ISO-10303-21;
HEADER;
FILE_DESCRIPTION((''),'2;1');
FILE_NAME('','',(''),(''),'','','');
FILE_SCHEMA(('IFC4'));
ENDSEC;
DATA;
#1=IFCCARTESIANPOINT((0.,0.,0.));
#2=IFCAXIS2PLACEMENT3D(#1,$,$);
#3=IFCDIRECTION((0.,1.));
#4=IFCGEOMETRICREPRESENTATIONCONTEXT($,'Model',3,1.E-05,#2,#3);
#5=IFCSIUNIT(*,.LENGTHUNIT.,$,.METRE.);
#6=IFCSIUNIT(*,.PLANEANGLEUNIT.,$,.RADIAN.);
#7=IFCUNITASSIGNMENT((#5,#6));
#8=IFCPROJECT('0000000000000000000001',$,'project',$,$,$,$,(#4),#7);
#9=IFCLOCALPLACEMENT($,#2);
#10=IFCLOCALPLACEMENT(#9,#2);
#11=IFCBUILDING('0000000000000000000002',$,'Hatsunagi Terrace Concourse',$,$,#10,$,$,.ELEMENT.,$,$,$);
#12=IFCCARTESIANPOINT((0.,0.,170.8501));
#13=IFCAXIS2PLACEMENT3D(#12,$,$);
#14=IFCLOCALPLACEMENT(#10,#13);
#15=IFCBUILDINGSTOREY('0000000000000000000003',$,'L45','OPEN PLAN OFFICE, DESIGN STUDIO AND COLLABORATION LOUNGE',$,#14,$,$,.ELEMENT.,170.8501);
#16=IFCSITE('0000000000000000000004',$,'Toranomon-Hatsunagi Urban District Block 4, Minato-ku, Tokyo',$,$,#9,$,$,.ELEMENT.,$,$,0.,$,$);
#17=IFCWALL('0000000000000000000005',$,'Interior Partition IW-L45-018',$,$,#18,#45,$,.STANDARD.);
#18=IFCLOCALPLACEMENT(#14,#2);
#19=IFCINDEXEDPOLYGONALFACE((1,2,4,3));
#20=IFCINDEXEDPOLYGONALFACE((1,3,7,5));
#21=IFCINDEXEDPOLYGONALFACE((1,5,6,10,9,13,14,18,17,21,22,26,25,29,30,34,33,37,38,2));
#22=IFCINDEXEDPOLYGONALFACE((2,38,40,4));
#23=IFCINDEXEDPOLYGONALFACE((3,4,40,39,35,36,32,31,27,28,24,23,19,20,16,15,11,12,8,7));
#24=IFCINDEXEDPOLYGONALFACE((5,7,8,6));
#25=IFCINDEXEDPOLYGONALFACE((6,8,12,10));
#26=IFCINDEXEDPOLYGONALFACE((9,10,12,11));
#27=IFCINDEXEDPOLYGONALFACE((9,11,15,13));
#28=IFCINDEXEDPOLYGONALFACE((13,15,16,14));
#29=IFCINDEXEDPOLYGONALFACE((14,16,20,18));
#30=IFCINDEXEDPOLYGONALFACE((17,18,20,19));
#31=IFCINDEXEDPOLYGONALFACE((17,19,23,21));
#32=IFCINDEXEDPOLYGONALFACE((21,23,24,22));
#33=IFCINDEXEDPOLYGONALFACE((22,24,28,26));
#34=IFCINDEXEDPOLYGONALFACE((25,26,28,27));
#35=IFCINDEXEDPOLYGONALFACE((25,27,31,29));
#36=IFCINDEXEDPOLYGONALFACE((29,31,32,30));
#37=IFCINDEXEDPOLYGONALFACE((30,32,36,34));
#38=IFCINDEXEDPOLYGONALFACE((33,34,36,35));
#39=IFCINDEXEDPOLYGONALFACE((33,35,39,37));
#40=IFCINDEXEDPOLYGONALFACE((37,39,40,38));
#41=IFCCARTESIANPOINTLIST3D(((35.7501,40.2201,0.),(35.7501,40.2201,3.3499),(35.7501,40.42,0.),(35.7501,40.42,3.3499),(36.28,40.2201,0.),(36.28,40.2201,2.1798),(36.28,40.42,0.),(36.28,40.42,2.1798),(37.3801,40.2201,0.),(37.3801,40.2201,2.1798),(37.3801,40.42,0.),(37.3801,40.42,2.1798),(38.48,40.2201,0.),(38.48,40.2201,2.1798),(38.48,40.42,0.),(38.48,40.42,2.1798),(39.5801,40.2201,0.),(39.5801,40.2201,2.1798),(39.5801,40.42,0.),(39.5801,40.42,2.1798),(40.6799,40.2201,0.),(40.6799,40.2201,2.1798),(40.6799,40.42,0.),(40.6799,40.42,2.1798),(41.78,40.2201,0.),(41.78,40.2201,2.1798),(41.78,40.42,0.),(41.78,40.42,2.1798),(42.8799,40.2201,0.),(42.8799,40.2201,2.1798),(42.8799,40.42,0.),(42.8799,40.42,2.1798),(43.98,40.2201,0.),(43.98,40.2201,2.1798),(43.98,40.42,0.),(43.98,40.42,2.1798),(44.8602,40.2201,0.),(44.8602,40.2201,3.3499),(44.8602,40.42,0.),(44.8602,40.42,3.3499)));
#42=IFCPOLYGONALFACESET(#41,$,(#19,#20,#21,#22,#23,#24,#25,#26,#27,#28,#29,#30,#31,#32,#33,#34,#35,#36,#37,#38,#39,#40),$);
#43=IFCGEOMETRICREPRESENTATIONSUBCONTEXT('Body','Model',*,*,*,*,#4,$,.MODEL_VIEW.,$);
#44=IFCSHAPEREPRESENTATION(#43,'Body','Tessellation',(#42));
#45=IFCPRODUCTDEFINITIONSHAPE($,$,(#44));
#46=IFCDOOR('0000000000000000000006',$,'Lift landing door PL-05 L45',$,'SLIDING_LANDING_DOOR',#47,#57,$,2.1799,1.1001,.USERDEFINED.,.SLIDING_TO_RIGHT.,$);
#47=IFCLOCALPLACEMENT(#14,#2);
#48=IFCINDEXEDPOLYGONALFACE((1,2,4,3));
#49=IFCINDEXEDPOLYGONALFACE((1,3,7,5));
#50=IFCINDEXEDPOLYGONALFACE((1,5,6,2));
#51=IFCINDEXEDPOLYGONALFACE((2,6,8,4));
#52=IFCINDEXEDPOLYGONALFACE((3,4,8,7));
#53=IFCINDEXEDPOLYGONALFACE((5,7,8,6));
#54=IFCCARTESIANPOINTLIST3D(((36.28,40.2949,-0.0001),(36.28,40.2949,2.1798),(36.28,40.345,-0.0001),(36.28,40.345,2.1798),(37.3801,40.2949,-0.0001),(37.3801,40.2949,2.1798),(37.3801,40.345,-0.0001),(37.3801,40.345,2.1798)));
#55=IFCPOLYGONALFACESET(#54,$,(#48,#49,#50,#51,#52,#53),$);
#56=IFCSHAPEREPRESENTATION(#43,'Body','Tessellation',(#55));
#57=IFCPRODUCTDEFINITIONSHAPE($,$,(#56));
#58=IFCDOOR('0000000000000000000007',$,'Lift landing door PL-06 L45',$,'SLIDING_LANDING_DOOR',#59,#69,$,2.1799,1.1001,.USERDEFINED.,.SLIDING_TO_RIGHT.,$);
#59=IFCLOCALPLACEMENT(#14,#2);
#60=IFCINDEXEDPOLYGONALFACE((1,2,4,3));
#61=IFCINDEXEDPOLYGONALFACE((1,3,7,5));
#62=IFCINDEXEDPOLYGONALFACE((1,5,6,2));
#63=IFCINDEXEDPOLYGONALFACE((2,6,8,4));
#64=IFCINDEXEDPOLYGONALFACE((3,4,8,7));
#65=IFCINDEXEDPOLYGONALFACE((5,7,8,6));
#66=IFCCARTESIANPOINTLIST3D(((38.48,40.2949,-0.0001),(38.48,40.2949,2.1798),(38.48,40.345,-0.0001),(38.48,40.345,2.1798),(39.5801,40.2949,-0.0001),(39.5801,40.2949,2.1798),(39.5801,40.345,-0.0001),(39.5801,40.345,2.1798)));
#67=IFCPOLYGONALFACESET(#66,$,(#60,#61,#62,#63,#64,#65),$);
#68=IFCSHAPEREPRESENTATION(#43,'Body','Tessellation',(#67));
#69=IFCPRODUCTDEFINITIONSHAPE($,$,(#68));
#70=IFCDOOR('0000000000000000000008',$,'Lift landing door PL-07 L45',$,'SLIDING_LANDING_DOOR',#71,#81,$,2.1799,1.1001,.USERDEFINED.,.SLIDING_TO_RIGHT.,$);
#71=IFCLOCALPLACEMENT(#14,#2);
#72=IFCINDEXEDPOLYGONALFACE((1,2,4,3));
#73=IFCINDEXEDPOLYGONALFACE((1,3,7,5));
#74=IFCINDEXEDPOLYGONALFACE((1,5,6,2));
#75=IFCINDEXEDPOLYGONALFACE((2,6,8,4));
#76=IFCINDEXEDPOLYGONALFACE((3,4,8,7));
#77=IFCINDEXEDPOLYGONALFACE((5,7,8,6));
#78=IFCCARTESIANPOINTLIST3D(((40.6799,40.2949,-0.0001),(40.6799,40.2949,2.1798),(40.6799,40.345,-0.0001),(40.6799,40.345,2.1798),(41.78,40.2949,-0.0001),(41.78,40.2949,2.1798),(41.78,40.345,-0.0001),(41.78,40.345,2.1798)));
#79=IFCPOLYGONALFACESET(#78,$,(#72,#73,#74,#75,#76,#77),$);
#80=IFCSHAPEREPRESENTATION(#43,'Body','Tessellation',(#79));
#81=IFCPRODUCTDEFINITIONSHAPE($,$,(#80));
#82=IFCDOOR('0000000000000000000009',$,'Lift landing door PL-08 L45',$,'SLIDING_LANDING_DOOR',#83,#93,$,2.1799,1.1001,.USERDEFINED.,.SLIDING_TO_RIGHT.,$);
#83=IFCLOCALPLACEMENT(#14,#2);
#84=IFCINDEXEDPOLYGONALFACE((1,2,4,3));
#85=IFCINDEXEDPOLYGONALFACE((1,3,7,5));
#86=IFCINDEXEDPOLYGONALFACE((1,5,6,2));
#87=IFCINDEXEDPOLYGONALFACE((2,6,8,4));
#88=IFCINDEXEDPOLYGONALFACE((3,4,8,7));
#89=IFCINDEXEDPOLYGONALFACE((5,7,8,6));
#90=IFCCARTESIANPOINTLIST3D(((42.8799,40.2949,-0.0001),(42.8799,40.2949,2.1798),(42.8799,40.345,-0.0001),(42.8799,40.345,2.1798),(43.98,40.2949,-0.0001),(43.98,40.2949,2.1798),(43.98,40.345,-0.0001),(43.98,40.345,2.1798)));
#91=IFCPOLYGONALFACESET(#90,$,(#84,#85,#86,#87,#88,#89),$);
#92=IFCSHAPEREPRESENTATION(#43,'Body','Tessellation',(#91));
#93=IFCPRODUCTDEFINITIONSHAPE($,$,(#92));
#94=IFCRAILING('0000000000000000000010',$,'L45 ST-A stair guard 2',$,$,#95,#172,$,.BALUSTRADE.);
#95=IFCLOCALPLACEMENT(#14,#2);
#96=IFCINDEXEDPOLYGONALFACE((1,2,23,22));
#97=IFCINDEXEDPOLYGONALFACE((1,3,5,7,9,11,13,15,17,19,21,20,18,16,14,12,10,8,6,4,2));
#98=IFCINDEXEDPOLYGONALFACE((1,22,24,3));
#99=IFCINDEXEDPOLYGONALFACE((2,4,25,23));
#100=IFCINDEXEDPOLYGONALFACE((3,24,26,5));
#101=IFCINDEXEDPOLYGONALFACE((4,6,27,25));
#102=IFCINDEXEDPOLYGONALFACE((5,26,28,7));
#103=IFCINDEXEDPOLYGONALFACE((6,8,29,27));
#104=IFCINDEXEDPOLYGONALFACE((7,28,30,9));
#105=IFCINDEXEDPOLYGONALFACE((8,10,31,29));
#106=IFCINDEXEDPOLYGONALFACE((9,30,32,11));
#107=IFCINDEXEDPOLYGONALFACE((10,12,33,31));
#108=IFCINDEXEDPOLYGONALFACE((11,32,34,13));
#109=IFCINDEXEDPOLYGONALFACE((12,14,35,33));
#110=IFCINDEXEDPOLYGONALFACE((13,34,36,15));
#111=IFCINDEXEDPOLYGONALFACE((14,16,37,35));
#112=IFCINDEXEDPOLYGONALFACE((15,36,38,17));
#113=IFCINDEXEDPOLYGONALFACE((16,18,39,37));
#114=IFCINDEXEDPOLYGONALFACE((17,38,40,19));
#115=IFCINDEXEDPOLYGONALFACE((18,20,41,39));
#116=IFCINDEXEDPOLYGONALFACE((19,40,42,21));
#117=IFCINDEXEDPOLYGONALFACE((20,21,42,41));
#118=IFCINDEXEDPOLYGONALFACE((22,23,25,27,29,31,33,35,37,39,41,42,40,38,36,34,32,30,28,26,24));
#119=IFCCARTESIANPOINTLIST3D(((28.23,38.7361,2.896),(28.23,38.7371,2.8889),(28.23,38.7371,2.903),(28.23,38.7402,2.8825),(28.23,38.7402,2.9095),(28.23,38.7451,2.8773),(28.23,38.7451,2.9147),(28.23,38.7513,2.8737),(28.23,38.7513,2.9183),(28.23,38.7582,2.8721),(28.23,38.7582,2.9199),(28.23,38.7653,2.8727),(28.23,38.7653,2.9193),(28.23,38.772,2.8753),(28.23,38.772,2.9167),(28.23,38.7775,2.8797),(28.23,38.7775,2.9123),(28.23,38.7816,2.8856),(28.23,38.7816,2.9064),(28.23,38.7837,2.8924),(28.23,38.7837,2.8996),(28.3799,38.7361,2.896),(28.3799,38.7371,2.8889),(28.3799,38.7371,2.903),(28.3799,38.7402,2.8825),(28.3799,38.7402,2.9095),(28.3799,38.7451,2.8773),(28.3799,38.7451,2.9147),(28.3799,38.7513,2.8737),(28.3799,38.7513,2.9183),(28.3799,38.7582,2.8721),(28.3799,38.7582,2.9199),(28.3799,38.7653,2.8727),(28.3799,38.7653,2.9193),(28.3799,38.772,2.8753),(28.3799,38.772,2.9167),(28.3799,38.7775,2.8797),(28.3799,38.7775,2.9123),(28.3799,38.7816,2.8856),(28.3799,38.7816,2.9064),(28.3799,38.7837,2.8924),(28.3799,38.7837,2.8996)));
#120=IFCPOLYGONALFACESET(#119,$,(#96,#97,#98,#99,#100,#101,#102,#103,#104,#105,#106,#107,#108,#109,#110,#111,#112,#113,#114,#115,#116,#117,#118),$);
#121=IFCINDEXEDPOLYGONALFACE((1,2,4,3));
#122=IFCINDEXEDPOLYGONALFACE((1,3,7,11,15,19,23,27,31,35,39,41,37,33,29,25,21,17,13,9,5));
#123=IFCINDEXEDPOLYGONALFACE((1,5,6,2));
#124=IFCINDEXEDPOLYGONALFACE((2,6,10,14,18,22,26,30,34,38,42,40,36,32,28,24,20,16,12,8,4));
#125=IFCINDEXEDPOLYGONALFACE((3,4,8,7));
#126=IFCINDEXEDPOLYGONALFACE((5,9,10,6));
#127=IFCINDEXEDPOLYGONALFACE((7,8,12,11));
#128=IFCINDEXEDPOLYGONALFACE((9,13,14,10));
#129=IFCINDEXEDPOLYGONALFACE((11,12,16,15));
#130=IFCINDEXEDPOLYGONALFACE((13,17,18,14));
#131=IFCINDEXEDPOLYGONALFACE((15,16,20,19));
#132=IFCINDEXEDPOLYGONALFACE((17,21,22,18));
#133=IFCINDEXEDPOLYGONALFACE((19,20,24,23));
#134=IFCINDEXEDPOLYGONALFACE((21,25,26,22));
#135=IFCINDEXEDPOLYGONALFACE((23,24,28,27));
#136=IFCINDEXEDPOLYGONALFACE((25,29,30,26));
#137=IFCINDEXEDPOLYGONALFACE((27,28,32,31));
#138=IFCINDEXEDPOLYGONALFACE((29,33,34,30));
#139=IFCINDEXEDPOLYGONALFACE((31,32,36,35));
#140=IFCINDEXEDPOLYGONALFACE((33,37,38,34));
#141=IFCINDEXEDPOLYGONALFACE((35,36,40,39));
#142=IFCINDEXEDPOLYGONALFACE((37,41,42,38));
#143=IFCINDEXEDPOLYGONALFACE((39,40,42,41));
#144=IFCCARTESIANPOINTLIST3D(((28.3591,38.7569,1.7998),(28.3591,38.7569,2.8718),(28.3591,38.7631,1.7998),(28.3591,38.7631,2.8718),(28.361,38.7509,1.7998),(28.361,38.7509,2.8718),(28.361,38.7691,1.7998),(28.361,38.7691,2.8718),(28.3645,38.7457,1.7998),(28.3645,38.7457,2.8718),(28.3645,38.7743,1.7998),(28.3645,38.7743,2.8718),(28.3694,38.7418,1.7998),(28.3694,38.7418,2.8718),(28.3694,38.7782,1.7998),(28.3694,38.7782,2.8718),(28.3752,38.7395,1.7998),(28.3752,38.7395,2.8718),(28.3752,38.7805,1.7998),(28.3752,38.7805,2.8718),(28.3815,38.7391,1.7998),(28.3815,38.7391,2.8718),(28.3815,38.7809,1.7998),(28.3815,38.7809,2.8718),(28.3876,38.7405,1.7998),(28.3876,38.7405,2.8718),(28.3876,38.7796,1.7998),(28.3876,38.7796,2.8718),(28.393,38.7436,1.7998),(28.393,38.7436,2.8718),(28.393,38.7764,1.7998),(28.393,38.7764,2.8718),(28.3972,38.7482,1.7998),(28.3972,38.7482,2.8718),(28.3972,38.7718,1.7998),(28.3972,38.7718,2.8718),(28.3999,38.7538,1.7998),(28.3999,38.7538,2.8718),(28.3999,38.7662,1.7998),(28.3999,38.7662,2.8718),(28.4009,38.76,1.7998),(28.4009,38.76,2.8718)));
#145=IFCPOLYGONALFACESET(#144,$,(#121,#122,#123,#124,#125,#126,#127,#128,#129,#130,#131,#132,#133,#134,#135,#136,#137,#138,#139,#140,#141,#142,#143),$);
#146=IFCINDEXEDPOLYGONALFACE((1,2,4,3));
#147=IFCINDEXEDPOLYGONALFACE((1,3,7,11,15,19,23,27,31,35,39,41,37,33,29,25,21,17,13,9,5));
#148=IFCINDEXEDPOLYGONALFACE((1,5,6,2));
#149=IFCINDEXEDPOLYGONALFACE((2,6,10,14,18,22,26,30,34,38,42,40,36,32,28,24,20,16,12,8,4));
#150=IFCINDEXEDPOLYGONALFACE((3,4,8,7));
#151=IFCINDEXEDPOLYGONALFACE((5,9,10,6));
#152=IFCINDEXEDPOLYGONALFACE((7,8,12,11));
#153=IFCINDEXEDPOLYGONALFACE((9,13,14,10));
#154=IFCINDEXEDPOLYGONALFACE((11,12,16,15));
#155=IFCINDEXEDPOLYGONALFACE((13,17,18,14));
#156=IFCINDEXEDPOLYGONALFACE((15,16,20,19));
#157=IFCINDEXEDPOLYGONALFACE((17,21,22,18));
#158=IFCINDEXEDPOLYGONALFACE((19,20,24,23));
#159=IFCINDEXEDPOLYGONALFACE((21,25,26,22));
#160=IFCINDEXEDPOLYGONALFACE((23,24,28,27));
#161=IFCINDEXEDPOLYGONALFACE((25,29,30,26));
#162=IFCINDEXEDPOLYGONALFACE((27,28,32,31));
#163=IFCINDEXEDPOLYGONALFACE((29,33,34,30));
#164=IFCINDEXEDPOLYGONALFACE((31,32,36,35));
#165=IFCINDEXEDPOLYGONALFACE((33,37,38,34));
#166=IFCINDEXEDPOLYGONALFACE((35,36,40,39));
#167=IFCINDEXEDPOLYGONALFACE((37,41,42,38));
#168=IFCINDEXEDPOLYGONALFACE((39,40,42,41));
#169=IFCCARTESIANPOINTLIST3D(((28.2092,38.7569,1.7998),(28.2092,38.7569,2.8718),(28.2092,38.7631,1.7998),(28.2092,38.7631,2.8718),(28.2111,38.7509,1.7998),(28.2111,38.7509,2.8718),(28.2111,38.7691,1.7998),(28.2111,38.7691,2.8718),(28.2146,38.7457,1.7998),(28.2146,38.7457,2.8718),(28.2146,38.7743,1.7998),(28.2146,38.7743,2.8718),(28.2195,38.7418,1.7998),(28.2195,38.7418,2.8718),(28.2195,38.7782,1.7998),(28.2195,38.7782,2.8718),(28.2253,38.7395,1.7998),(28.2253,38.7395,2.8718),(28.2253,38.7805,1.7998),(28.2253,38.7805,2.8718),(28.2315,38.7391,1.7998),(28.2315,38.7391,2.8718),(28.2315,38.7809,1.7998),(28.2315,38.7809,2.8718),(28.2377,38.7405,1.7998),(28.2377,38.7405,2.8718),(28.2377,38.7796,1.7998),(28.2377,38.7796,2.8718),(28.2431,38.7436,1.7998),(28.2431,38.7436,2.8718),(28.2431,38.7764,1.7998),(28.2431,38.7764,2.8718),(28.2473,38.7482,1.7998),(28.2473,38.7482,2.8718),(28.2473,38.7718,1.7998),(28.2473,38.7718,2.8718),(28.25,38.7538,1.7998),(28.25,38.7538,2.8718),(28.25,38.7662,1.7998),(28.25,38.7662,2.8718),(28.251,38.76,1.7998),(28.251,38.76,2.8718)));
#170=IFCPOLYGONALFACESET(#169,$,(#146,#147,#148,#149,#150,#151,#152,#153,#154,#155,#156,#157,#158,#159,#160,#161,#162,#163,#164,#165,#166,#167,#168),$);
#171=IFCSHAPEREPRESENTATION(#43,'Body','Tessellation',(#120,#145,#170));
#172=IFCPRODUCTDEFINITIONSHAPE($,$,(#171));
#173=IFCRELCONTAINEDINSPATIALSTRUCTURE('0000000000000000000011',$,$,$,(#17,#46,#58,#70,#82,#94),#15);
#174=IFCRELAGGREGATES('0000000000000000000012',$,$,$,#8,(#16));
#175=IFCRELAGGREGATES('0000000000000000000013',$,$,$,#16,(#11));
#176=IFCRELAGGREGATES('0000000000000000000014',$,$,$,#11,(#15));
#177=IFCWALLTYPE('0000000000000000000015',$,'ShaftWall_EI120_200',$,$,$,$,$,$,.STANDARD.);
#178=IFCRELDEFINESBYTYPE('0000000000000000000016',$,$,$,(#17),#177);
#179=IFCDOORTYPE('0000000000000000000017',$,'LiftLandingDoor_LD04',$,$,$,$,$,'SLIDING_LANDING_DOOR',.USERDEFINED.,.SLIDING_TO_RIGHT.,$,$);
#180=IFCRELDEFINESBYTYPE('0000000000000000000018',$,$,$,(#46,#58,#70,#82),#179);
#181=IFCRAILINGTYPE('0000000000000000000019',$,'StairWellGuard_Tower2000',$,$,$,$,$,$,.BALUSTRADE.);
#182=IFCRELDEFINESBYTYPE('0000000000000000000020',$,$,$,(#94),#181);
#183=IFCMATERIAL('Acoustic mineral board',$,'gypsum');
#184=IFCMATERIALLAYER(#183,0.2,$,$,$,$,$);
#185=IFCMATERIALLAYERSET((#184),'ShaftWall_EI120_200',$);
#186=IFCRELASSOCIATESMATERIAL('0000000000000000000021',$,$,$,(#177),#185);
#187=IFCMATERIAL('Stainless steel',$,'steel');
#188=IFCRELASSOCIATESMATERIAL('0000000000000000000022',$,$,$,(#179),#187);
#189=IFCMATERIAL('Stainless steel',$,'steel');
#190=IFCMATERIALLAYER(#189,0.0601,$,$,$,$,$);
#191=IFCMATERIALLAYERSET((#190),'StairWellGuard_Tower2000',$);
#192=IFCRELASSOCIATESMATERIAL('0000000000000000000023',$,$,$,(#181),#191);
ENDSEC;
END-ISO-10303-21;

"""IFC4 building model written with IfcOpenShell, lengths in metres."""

from ifc_helpers import new_model, si_unit, direction, frame, frame_2d, origin, origin_2d, place, context, subcontext, project, spatial, rectangle, circle, extrude, material, layer, layer_set, type_object, element, fill, save


model = new_model("IFC4")

# Units and contexts
model_context = context("Model", 3, precision=1e-05, world=origin(), true_north=direction((0.0, 1.0)))
body_context = subcontext(model_context, "Body", "Model", "MODEL_VIEW")
ifc_project = project(units=[si_unit("LENGTHUNIT", "METRE"), si_unit("PLANEANGLEUNIT", "RADIAN")], contexts=[model_context])

# Site, building, storey
site_placement = place(None, origin())
site = spatial("IfcSite", under=ifc_project, at=site_placement, Name="Toranomon-Hatsunagi Urban District Block 4, Minato-ku, Tokyo", CompositionType="ELEMENT", RefElevation=0.0)
building_placement = place(site_placement, origin())
building = spatial("IfcBuilding", under=site, at=building_placement, Name="Hatsunagi Terrace Concourse", CompositionType="ELEMENT")
storey_placement = place(building_placement, frame((0.0, 0.0, 170.8501)))
storey = spatial("IfcBuildingStorey", under=building, at=storey_placement, Name="L45", Description="OPEN PLAN OFFICE, DESIGN STUDIO AND COLLABORATION LOUNGE", CompositionType="ELEMENT", Elevation=170.8501)

# Shared definitions
ifc_material_1 = material(Name="Acoustic mineral board", Category="gypsum")
ifc_layer_1 = layer(ifc_material_1, 0.2)
ifc_layer_set_1 = layer_set([ifc_layer_1], Name="ShaftWall_EI120_200")
wall_type_1 = type_object("IfcWallType", Name="ShaftWall_EI120_200", PredefinedType="STANDARD", material=ifc_layer_set_1)

# Wall, openings, doors
wall_1_placement = place(storey_placement, frame((35.75, 40.3201, 0.0), z_axis=(0.0, 0.0, 1.0), x_axis=(1.0, 0.0, 0.0)))
wall_1 = element("IfcWall", 1, at=wall_1_placement, inside=storey, type_object=wall_type_1, Name="Interior Partition IW-L45-018", PredefinedType="STANDARD", context=body_context, shape_type="SweptSolid", body=[
    extrude(rectangle(XDim=9.1101, YDim=0.2, at=frame_2d((4.5552, 0.0))), origin(), (0.0, 0.0, 1.0), 3.3499),
])
opening_1_placement = place(wall_1_placement, frame((0.53, 0.0, 0.0)))
opening_1 = element("IfcOpeningElement", 2, at=opening_1_placement, cuts=wall_1, PredefinedType="OPENING", context=body_context, shape_type="SweptSolid", body=[
    extrude(rectangle(XDim=1.1001, YDim=2.1799, at=frame_2d((0.55, 1.0898))), frame((0.0, 0.1099, 0.0), z_axis=(0.0, -1.0, 0.0), x_axis=(1.0, 0.0, 0.0)), (0.0, 0.0, 1.0), 0.22),
])
opening_2_placement = place(wall_1_placement, frame((2.73, 0.0, 0.0)))
opening_2 = element("IfcOpeningElement", 3, at=opening_2_placement, cuts=wall_1, PredefinedType="OPENING", context=body_context, shape_type="SweptSolid", body=[
    extrude(rectangle(XDim=1.1001, YDim=2.1799, at=frame_2d((0.55, 1.0898))), frame((0.0, 0.1099, 0.0), z_axis=(0.0, -1.0, 0.0), x_axis=(1.0, 0.0, 0.0)), (0.0, 0.0, 1.0), 0.22),
])
opening_3_placement = place(wall_1_placement, frame((4.9299, 0.0, 0.0)))
opening_3 = element("IfcOpeningElement", 4, at=opening_3_placement, cuts=wall_1, PredefinedType="OPENING", context=body_context, shape_type="SweptSolid", body=[
    extrude(rectangle(XDim=1.1001, YDim=2.1799, at=frame_2d((0.55, 1.0898))), frame((0.0, 0.1099, 0.0), z_axis=(0.0, -1.0, 0.0), x_axis=(1.0, 0.0, 0.0)), (0.0, 0.0, 1.0), 0.22),
])
opening_4_placement = place(wall_1_placement, frame((7.1299, 0.0, 0.0)))
opening_4 = element("IfcOpeningElement", 5, at=opening_4_placement, cuts=wall_1, PredefinedType="OPENING", context=body_context, shape_type="SweptSolid", body=[
    extrude(rectangle(XDim=1.1001, YDim=2.1799, at=frame_2d((0.55, 1.0898))), frame((0.0, 0.1099, 0.0), z_axis=(0.0, -1.0, 0.0), x_axis=(1.0, 0.0, 0.0)), (0.0, 0.0, 1.0), 0.22),
])
ifc_material_2 = material(Name="Stainless steel", Category="steel")
door_type = type_object("IfcDoorType", Name="LiftLandingDoor_LD04", ElementType="SLIDING_LANDING_DOOR", OperationType="SLIDING_TO_RIGHT", PredefinedType="USERDEFINED", material=ifc_material_2)
door_1_placement = place(opening_1_placement, origin())
door_1 = element("IfcDoor", 6, at=door_1_placement, inside=storey, type_object=door_type, Name="Lift landing door PL-05 L45", ObjectType="SLIDING_LANDING_DOOR", OperationType="SLIDING_TO_RIGHT", OverallHeight=2.1799, OverallWidth=1.1001, PredefinedType="USERDEFINED", context=body_context, shape_type="SweptSolid", body=[
    extrude(rectangle(XDim=1.1001, YDim=2.1799, at=frame_2d((0.55, 1.0898))), frame((0.0, 0.0249, 0.0), z_axis=(0.0, -1.0, 0.0), x_axis=(1.0, 0.0, 0.0)), (0.0, 0.0, 1.0), 0.05),
])
fill(opening_1, door_1)
door_2_placement = place(opening_2_placement, origin())
door_2 = element("IfcDoor", 7, at=door_2_placement, inside=storey, type_object=door_type, Name="Lift landing door PL-06 L45", ObjectType="SLIDING_LANDING_DOOR", OperationType="SLIDING_TO_RIGHT", OverallHeight=2.1799, OverallWidth=1.1001, PredefinedType="USERDEFINED", context=body_context, shape_type="SweptSolid", body=[
    extrude(rectangle(XDim=1.1001, YDim=2.1799, at=frame_2d((0.55, 1.0898))), frame((0.0, 0.0249, 0.0), z_axis=(0.0, -1.0, 0.0), x_axis=(1.0, 0.0, 0.0)), (0.0, 0.0, 1.0), 0.05),
])
fill(opening_2, door_2)
door_3_placement = place(opening_3_placement, origin())
door_3 = element("IfcDoor", 8, at=door_3_placement, inside=storey, type_object=door_type, Name="Lift landing door PL-07 L45", ObjectType="SLIDING_LANDING_DOOR", OperationType="SLIDING_TO_RIGHT", OverallHeight=2.1799, OverallWidth=1.1001, PredefinedType="USERDEFINED", context=body_context, shape_type="SweptSolid", body=[
    extrude(rectangle(XDim=1.1001, YDim=2.1799, at=frame_2d((0.55, 1.0898))), frame((0.0, 0.0249, 0.0), z_axis=(0.0, -1.0, 0.0), x_axis=(1.0, 0.0, 0.0)), (0.0, 0.0, 1.0), 0.05),
])
fill(opening_3, door_3)
door_4_placement = place(opening_4_placement, origin())
door_4 = element("IfcDoor", 9, at=door_4_placement, inside=storey, type_object=door_type, Name="Lift landing door PL-08 L45", ObjectType="SLIDING_LANDING_DOOR", OperationType="SLIDING_TO_RIGHT", OverallHeight=2.1799, OverallWidth=1.1001, PredefinedType="USERDEFINED", context=body_context, shape_type="SweptSolid", body=[
    extrude(rectangle(XDim=1.1001, YDim=2.1799, at=frame_2d((0.55, 1.0898))), frame((0.0, 0.0249, 0.0), z_axis=(0.0, -1.0, 0.0), x_axis=(1.0, 0.0, 0.0)), (0.0, 0.0, 1.0), 0.05),
])
fill(opening_4, door_4)

# Railing
ifc_material_3 = material(Name="Stainless steel", Category="steel")
ifc_layer_2 = layer(ifc_material_3, 0.0601)
ifc_layer_set_2 = layer_set([ifc_layer_2], Name="StairWellGuard_Tower2000")
railing_type = type_object("IfcRailingType", Name="StairWellGuard_Tower2000", PredefinedType="BALUSTRADE", material=ifc_layer_set_2)
railing_1_placement = place(storey_placement, frame((28.3799, 38.76, 1.7998)))
element("IfcRailing", 10, at=railing_1_placement, inside=storey, type_object=railing_type, Name="L45 ST-A stair guard 2", PredefinedType="BALUSTRADE", context=body_context, shape_type="SweptSolid", body=[
    extrude(circle(Radius=0.0239, at=origin_2d()), frame((0.0, 0.0, 1.0962), z_axis=(-1.0, 0.0, 0.0), x_axis=(0.0, -1.0, 0.0)), (0.0, 0.0, 1.0), 0.1499),
    extrude(circle(Radius=0.021, at=origin_2d()), origin(), (0.0, 0.0, 1.0), 1.072),
    extrude(circle(Radius=0.021, at=origin_2d()), frame((-0.1499, 0.0, 0.0)), (0.0, 0.0, 1.0), 1.072),
])

save(model, "model.ifc")
